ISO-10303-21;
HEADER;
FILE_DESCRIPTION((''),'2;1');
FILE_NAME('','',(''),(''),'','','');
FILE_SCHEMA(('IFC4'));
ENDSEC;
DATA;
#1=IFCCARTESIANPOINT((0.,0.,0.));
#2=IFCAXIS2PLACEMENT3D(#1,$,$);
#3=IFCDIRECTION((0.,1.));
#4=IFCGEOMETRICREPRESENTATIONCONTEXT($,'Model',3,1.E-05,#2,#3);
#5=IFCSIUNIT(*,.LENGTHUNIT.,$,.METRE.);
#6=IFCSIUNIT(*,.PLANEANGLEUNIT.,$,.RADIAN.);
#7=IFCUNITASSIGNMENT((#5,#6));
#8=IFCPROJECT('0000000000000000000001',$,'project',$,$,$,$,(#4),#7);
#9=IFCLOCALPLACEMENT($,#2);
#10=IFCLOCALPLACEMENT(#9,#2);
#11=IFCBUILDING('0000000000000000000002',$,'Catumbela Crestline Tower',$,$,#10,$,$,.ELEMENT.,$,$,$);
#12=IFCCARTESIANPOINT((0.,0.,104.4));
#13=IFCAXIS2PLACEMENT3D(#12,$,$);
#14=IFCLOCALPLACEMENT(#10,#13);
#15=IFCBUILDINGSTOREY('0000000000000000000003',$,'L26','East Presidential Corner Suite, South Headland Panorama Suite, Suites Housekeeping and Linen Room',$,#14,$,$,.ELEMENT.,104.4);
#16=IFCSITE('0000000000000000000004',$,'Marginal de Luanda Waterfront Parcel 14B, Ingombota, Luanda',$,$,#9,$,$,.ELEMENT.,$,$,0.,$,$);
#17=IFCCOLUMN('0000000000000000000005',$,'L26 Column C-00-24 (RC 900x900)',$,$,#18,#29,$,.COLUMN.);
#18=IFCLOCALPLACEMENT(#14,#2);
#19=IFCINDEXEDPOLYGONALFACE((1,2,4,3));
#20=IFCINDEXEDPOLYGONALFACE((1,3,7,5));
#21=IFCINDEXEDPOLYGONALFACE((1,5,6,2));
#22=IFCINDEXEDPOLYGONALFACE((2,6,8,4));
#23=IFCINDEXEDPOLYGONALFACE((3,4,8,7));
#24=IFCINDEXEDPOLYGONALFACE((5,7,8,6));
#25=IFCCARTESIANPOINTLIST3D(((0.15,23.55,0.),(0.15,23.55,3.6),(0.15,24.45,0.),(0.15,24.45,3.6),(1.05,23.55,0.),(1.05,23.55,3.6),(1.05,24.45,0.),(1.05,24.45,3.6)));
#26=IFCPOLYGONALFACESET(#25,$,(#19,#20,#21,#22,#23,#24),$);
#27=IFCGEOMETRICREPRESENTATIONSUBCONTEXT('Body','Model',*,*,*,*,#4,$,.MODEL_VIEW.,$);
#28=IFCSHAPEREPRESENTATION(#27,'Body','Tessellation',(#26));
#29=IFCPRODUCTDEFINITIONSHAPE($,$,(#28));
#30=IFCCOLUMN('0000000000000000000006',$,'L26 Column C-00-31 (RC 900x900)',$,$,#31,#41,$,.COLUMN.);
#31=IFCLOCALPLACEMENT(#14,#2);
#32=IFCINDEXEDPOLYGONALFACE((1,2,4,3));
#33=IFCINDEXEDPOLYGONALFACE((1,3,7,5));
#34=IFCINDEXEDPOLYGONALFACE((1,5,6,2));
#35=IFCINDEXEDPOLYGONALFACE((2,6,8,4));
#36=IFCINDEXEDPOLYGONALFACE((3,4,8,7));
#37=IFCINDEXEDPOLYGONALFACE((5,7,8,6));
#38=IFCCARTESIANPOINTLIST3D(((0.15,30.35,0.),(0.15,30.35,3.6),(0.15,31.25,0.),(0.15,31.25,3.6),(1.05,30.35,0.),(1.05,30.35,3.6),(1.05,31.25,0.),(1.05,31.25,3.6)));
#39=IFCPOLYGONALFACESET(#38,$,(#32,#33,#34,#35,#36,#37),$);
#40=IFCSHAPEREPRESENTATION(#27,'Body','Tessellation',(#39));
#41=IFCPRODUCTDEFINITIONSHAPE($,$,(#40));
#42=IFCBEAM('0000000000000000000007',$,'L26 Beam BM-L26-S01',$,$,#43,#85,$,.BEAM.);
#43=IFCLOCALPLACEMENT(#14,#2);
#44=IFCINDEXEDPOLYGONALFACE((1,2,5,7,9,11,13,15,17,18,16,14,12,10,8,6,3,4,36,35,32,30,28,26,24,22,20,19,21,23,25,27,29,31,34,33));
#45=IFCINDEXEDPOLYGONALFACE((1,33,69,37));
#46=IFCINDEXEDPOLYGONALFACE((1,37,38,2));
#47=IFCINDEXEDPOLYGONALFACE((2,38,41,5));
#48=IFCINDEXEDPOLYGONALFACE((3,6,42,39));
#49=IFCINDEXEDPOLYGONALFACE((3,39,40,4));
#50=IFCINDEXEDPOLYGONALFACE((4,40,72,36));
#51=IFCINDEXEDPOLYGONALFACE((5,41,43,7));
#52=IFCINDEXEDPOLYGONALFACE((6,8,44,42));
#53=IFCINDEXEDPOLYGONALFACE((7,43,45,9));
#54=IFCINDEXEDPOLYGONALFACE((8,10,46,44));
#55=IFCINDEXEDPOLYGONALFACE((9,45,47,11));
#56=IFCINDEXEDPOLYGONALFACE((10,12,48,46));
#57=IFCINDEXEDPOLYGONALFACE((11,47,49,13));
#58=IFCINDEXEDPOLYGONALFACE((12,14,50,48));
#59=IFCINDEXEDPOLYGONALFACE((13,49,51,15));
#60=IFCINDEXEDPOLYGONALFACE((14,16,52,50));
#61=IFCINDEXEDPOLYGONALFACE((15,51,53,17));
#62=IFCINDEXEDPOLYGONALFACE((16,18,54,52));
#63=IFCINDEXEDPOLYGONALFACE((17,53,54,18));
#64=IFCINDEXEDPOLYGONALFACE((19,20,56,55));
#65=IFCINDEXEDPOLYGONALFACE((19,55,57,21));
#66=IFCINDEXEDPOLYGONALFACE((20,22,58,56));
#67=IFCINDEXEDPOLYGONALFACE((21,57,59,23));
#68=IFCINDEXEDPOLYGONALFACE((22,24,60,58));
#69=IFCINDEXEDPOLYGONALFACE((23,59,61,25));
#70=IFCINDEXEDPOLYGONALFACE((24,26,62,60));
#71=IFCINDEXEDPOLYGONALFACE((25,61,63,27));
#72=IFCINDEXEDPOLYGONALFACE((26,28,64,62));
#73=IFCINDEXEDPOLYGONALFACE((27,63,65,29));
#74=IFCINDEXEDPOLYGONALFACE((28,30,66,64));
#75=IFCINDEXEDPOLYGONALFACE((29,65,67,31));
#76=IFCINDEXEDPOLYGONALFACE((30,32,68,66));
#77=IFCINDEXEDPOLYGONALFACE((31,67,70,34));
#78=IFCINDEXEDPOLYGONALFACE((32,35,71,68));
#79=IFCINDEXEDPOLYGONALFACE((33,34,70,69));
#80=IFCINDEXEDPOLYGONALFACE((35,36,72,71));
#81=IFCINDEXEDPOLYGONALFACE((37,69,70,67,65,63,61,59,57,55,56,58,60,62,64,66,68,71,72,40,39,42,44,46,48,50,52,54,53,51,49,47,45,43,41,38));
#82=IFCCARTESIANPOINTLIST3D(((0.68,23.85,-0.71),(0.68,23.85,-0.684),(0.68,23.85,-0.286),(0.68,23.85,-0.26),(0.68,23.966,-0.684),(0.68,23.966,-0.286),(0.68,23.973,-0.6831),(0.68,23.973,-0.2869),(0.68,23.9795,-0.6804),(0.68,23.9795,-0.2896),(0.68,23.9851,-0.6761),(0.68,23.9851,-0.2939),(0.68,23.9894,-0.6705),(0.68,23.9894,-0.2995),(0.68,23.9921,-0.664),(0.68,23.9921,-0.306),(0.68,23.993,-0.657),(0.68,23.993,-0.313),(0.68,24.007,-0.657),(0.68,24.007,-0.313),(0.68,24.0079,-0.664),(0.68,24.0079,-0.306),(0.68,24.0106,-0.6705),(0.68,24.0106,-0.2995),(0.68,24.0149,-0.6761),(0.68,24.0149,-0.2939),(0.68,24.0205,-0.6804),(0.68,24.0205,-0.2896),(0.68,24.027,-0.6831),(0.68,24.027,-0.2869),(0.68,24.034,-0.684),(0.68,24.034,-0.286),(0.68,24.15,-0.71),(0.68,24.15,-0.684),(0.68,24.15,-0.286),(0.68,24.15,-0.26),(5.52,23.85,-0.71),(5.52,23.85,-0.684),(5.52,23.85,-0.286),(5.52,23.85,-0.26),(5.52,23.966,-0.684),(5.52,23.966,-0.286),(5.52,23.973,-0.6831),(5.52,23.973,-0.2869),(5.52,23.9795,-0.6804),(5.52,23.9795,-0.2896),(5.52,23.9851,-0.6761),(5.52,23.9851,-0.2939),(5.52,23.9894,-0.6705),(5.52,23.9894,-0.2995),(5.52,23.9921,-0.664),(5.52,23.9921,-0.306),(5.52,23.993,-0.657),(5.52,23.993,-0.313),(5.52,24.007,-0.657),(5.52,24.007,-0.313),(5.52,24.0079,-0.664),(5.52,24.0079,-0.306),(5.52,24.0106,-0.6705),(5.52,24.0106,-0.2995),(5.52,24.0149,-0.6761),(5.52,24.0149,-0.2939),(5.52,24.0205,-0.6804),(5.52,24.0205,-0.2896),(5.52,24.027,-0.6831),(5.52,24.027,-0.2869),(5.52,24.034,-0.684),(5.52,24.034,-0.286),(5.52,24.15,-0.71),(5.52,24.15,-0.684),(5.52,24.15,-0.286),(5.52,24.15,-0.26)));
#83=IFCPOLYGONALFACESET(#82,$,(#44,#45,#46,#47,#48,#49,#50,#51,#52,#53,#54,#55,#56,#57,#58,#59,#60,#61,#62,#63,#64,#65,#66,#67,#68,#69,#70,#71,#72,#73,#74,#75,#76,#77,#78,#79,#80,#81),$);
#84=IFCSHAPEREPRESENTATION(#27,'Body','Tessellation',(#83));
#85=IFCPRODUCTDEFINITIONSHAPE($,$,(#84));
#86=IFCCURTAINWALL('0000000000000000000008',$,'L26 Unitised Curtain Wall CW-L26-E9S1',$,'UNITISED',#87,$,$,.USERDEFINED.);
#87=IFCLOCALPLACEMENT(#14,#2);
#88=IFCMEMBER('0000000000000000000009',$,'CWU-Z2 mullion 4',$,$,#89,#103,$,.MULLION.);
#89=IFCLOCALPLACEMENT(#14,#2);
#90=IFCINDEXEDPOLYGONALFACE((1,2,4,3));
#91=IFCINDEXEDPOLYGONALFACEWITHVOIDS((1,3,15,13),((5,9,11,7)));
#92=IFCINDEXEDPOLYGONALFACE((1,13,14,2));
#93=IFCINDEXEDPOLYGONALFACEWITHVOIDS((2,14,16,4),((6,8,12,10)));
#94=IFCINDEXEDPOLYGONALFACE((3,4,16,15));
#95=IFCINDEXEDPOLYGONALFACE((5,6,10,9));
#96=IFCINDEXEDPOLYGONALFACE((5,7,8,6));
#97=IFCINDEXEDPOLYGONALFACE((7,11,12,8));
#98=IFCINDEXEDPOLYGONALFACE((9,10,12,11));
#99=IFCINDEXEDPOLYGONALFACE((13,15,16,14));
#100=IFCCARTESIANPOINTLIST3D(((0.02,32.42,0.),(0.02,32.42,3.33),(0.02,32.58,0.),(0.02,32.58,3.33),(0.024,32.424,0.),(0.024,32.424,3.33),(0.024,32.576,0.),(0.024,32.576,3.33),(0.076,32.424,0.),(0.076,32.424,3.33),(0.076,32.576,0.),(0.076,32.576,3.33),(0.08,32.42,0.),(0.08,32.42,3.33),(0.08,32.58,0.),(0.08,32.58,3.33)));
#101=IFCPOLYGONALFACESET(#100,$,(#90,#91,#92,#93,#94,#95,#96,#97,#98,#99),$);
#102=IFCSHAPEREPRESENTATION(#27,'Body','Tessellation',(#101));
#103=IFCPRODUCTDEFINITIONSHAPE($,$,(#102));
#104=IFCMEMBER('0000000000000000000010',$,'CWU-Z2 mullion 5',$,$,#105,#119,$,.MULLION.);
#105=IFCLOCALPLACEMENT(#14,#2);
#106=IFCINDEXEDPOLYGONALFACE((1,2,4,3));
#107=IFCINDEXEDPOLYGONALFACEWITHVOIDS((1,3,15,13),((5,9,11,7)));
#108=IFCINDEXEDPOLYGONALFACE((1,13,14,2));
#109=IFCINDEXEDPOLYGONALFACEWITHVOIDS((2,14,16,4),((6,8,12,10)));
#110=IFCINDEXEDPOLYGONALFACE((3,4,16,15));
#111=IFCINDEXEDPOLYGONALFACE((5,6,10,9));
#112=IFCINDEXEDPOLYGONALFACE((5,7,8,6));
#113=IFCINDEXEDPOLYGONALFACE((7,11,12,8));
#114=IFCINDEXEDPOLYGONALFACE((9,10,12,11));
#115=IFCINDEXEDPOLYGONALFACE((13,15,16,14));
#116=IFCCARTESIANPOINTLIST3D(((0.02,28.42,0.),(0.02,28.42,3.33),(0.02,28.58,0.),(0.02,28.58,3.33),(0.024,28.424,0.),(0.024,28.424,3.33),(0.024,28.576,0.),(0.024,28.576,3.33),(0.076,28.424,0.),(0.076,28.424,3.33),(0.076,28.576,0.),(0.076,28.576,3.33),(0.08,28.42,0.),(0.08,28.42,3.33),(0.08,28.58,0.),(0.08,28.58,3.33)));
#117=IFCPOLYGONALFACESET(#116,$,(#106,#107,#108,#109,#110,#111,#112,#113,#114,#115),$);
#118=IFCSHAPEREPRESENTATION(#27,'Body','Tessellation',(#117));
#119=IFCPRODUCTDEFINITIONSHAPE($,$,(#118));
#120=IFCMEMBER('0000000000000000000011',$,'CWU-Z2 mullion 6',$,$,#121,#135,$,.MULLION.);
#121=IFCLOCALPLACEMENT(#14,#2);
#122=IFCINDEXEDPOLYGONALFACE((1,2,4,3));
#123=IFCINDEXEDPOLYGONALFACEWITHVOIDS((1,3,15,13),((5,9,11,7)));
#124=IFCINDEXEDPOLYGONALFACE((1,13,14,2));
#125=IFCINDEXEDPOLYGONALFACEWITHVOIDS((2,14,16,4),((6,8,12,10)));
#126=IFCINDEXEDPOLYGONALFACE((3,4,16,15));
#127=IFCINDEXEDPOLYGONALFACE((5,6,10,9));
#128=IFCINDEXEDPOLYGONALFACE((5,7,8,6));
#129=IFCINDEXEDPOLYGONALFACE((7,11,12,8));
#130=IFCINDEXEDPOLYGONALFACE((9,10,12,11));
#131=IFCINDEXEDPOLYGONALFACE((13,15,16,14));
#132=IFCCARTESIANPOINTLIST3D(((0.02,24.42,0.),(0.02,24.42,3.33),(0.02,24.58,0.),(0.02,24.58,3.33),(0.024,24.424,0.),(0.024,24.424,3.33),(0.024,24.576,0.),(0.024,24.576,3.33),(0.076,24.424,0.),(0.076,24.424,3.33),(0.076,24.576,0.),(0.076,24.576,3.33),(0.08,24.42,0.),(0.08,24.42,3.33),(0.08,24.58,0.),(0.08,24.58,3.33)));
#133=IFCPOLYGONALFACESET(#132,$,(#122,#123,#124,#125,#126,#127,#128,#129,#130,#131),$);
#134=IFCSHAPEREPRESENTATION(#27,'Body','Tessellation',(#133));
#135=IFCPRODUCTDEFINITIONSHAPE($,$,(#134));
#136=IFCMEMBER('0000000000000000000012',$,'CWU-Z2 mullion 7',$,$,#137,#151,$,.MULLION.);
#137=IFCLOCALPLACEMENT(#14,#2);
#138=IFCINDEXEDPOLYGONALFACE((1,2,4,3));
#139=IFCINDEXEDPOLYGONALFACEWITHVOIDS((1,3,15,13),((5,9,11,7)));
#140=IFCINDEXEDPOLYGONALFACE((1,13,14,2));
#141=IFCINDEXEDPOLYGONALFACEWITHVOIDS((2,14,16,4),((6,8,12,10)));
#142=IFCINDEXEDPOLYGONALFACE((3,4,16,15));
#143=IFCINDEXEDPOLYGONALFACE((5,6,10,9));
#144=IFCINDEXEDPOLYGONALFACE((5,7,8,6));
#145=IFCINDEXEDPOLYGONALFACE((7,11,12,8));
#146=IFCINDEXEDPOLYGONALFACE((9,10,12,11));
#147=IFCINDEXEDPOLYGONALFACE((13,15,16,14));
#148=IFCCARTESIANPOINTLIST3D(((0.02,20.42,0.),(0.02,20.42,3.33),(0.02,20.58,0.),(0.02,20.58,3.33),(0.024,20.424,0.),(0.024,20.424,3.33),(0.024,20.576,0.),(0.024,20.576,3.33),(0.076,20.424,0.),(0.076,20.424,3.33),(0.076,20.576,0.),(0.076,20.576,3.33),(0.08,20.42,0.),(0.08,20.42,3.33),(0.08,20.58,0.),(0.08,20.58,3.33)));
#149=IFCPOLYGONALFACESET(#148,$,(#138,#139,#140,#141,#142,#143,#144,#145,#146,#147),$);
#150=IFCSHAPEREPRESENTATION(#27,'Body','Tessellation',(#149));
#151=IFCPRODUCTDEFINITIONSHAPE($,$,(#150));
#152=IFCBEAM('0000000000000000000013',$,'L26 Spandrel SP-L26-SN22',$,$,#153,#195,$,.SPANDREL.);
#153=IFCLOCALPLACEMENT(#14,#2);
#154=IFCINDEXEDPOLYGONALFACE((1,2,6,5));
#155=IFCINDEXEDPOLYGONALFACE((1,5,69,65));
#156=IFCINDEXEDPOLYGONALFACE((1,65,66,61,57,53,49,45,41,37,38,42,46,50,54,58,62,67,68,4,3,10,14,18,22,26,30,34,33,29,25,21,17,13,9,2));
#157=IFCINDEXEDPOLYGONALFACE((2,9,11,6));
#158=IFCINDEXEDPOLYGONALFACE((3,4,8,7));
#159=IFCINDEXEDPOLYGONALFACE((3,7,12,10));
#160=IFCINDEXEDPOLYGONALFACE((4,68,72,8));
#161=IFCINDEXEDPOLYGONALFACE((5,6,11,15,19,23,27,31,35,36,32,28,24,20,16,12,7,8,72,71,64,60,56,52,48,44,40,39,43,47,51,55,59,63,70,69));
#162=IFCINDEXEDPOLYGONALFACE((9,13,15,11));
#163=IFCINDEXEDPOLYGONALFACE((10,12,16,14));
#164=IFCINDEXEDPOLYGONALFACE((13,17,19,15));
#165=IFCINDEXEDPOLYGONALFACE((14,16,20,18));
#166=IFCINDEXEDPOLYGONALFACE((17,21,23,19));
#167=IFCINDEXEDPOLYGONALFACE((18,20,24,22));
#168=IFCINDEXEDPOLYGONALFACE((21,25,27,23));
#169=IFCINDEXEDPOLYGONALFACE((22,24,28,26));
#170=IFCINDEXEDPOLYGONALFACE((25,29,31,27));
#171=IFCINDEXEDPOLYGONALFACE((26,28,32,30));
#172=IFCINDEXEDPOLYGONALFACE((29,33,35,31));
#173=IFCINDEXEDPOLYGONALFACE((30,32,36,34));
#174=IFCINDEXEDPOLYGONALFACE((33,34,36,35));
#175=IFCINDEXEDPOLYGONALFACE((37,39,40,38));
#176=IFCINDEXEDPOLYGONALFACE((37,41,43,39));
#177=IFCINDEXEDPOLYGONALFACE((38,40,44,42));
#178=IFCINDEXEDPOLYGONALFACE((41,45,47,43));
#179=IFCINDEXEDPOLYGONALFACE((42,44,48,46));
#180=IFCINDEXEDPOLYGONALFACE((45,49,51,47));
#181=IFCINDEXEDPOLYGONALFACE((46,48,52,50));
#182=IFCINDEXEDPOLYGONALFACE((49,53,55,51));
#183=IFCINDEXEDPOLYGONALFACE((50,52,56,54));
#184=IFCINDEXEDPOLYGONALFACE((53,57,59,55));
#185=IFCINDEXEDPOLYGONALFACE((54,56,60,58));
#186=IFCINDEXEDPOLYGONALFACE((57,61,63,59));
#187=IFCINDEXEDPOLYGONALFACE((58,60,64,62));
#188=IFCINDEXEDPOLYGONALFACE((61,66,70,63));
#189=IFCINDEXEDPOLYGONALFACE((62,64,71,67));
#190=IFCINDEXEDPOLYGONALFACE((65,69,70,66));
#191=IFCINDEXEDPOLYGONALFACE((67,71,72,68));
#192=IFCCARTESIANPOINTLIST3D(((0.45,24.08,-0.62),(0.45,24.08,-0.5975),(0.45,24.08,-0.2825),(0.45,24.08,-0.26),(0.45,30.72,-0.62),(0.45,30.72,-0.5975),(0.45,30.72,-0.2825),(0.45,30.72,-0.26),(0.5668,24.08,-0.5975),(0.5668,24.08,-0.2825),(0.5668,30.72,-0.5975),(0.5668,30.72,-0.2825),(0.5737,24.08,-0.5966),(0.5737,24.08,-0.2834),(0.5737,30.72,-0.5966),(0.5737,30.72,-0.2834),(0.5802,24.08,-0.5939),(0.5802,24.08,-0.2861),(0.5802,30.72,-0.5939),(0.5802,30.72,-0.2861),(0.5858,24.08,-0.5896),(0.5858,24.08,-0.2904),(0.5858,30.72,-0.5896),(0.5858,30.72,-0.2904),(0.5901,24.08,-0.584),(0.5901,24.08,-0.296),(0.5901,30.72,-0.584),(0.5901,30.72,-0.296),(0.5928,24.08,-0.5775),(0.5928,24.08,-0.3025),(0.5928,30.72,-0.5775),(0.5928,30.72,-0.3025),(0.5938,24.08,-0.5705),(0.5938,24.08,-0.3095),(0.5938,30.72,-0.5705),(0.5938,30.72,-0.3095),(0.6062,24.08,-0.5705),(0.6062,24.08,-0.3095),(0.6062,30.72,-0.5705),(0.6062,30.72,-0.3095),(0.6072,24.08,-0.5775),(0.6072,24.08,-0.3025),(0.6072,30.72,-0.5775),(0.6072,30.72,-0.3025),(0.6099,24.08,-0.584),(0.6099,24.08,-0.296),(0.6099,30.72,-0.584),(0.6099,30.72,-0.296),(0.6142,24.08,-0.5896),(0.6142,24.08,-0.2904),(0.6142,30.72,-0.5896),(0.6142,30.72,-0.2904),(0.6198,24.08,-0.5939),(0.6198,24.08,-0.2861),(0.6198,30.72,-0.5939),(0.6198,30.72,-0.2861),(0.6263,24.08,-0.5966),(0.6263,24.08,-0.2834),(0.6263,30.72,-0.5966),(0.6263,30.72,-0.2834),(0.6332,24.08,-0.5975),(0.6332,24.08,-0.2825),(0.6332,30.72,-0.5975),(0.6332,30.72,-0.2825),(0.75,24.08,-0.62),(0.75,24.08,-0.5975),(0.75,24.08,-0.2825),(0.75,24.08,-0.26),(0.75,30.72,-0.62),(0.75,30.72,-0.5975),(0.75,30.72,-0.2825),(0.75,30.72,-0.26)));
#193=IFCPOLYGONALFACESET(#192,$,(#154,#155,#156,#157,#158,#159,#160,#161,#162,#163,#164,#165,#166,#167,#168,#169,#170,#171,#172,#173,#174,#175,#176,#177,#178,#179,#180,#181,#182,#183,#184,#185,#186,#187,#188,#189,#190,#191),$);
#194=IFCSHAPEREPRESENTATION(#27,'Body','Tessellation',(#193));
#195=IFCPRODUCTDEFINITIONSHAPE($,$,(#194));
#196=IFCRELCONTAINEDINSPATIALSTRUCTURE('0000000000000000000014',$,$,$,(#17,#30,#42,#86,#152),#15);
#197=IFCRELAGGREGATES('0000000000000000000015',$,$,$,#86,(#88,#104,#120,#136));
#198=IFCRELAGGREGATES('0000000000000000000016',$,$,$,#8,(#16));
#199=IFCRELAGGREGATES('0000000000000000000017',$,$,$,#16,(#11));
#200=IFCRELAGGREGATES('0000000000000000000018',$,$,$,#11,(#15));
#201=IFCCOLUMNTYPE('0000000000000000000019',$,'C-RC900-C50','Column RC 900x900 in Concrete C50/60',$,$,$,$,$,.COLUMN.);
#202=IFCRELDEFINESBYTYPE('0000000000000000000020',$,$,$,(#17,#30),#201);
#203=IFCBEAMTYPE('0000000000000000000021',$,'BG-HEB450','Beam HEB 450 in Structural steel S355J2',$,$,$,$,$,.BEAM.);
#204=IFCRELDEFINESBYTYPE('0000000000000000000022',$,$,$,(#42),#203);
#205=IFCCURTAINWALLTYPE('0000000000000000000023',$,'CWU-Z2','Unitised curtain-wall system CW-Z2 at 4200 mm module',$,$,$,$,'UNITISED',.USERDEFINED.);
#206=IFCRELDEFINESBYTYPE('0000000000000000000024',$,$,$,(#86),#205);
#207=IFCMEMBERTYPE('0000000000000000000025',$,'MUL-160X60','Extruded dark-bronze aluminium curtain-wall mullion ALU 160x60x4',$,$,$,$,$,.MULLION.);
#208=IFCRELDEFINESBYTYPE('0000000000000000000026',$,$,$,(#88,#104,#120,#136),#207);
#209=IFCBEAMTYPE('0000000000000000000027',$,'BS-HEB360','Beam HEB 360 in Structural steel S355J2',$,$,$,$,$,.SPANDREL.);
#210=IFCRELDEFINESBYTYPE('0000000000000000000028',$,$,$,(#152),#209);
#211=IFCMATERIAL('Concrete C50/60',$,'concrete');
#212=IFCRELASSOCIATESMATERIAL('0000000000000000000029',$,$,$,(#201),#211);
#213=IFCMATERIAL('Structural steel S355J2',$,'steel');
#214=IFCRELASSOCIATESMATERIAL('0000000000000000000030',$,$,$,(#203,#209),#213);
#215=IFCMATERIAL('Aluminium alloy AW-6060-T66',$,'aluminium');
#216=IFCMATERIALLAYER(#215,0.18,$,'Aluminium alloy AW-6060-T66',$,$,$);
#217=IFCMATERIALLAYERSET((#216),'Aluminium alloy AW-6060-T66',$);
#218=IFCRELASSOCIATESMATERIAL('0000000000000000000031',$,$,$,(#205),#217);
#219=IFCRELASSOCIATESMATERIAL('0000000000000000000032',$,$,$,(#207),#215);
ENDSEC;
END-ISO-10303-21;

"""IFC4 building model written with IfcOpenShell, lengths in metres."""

from ifc_helpers import new_model, si_unit, direction, frame, origin, origin_2d, place, context, subcontext, project, spatial, rectangle, hollow_rectangle, i_section, extrude, material, layer, layer_set, material_profile, profile_set, type_object, element, aggregate, save


model = new_model("IFC4")

# Units and contexts
model_context = context("Model", 3, precision=1e-05, world=origin(), true_north=direction((0.0, 1.0)))
body_context = subcontext(model_context, "Body", "Model", "MODEL_VIEW")
ifc_project = project(units=[si_unit("LENGTHUNIT", "METRE"), si_unit("PLANEANGLEUNIT", "RADIAN")], contexts=[model_context])

# Site, building, storey
site_placement = place(None, origin())
site = spatial("IfcSite", under=ifc_project, at=site_placement, Name="Marginal de Luanda Waterfront Parcel 14B, Ingombota, Luanda", CompositionType="ELEMENT", RefElevation=0.0)
building_placement = place(site_placement, origin())
building = spatial("IfcBuilding", under=site, at=building_placement, Name="Catumbela Crestline Tower", CompositionType="ELEMENT")
storey_placement = place(building_placement, frame((0.0, 0.0, 104.4)))
storey = spatial("IfcBuildingStorey", under=building, at=storey_placement, Name="L26", Description="East Presidential Corner Suite, South Headland Panorama Suite, Suites Housekeeping and Linen Room", CompositionType="ELEMENT", Elevation=104.4)

# Columns
ifc_material_1 = material(Name="Concrete C50/60", Category="concrete")
ifc_material_profile_1 = material_profile(ifc_material_1, rectangle(XDim=0.9, YDim=0.9, at=origin_2d()), Name="RC 900x900")
ifc_profile_set_1 = profile_set([ifc_material_profile_1], Name="Concrete C50/60")
column_type = type_object("IfcColumnType", Name="C-RC900-C50", Description="Column RC 900x900 in Concrete C50/60", PredefinedType="COLUMN", material=ifc_profile_set_1)
for number, where, z_axis, x_axis, name in (
    (1, (0.6, 24.0, 0.0), (0.0, 0.0, 1.0), (1.0, 0.0, 0.0), "L26 Column C-00-24 (RC 900x900)"),
    (2, (0.6, 30.8, 0.0), (0.0, 0.0, 1.0), (1.0, 0.0, 0.0), "L26 Column C-00-31 (RC 900x900)"),
):
    element("IfcColumn", number, at=place(storey_placement, frame(where, z_axis=z_axis, x_axis=x_axis)), inside=storey, type_object=column_type, Name=name, PredefinedType="COLUMN", context=body_context, shape_type="SweptSolid", body=[
        extrude(rectangle(XDim=0.9, YDim=0.9, at=origin_2d()), origin(), (0.0, 0.0, 1.0), 3.6),
    ])

# Beam
ifc_material_2 = material(Name="Structural steel S355J2", Category="steel")
ifc_material_profile_2 = material_profile(ifc_material_2, i_section(OverallWidth=0.3, OverallDepth=0.45, WebThickness=0.014, FlangeThickness=0.026, FilletRadius=0.027, at=origin_2d()), Name="HEB 450")
ifc_profile_set_2 = profile_set([ifc_material_profile_2], Name="Structural steel S355J2")
beam_type_1 = type_object("IfcBeamType", Name="BG-HEB450", Description="Beam HEB 450 in Structural steel S355J2", PredefinedType="BEAM", material=ifc_profile_set_2)
beam_1_placement = place(storey_placement, frame((0.68, 24.0, -0.485), z_axis=(1.0, 0.0, 0.0), x_axis=(0.0, 1.0, 0.0)))
element("IfcBeam", 3, at=beam_1_placement, inside=storey, type_object=beam_type_1, Name="L26 Beam BM-L26-S01", PredefinedType="BEAM", context=body_context, shape_type="SweptSolid", body=[
    extrude(i_section(OverallWidth=0.3, OverallDepth=0.45, WebThickness=0.014, FlangeThickness=0.026, FilletRadius=0.027, at=origin_2d()), origin(), (0.0, 0.0, 1.0), 4.84),
])

# Curtain wall, members
ifc_material_3 = material(Name="Aluminium alloy AW-6060-T66", Category="aluminium")
ifc_layer_1 = layer(ifc_material_3, 0.18, Name="Aluminium alloy AW-6060-T66")
ifc_layer_set_1 = layer_set([ifc_layer_1], Name="Aluminium alloy AW-6060-T66")
curtain_wall_type = type_object("IfcCurtainWallType", Name="CWU-Z2", Description="Unitised curtain-wall system CW-Z2 at 4200 mm module", ElementType="UNITISED", PredefinedType="USERDEFINED", material=ifc_layer_set_1)
curtain_wall_placement = place(storey_placement, origin())
curtain_wall = element("IfcCurtainWall", 4, at=curtain_wall_placement, inside=storey, type_object=curtain_wall_type, Name="L26 Unitised Curtain Wall CW-L26-E9S1", ObjectType="UNITISED", PredefinedType="USERDEFINED")
ifc_material_profile_3 = material_profile(ifc_material_3, hollow_rectangle(XDim=0.06, YDim=0.16, WallThickness=0.004, at=origin_2d()), Name="ALU 160x60x4")
ifc_profile_set_3 = profile_set([ifc_material_profile_3], Name="Aluminium alloy AW-6060-T66")
member_type_1 = type_object("IfcMemberType", Name="MUL-160X60", Description="Extruded dark-bronze aluminium curtain-wall mullion ALU 160x60x4", PredefinedType="MULLION", material=ifc_profile_set_3)
member_1_placement = place(storey_placement, frame((0.05, 32.5, 0.0), z_axis=(0.0, 0.0, 1.0), x_axis=(1.0, 0.0, 0.0)))
member_1 = element("IfcMember", 5, at=member_1_placement, type_object=member_type_1, Name="CWU-Z2 mullion 4", PredefinedType="MULLION", context=body_context, shape_type="SweptSolid", body=[
    extrude(hollow_rectangle(XDim=0.06, YDim=0.16, WallThickness=0.004, at=origin_2d()), origin(), (0.0, 0.0, 1.0), 3.33),
])
member_2_placement = place(storey_placement, frame((0.05, 28.5, 0.0), z_axis=(0.0, 0.0, 1.0), x_axis=(1.0, 0.0, 0.0)))
member_2 = element("IfcMember", 6, at=member_2_placement, type_object=member_type_1, Name="CWU-Z2 mullion 5", PredefinedType="MULLION", context=body_context, shape_type="SweptSolid", body=[
    extrude(hollow_rectangle(XDim=0.06, YDim=0.16, WallThickness=0.004, at=origin_2d()), origin(), (0.0, 0.0, 1.0), 3.33),
])
member_3_placement = place(storey_placement, frame((0.05, 24.5, 0.0), z_axis=(0.0, 0.0, 1.0), x_axis=(1.0, 0.0, 0.0)))
member_3 = element("IfcMember", 7, at=member_3_placement, type_object=member_type_1, Name="CWU-Z2 mullion 6", PredefinedType="MULLION", context=body_context, shape_type="SweptSolid", body=[
    extrude(hollow_rectangle(XDim=0.06, YDim=0.16, WallThickness=0.004, at=origin_2d()), origin(), (0.0, 0.0, 1.0), 3.33),
])
member_4_placement = place(storey_placement, frame((0.05, 20.5, 0.0), z_axis=(0.0, 0.0, 1.0), x_axis=(1.0, 0.0, 0.0)))
member_4 = element("IfcMember", 8, at=member_4_placement, type_object=member_type_1, Name="CWU-Z2 mullion 7", PredefinedType="MULLION", context=body_context, shape_type="SweptSolid", body=[
    extrude(hollow_rectangle(XDim=0.06, YDim=0.16, WallThickness=0.004, at=origin_2d()), origin(), (0.0, 0.0, 1.0), 3.33),
])

# Beam
ifc_material_profile_4 = material_profile(ifc_material_2, i_section(OverallWidth=0.3, OverallDepth=0.36, WebThickness=0.0125, FlangeThickness=0.0225, FilletRadius=0.027, at=origin_2d()), Name="HEB 360")
ifc_profile_set_4 = profile_set([ifc_material_profile_4], Name="Structural steel S355J2")
beam_type_2 = type_object("IfcBeamType", Name="BS-HEB360", Description="Beam HEB 360 in Structural steel S355J2", PredefinedType="SPANDREL", material=ifc_profile_set_4)
beam_2_placement = place(storey_placement, frame((0.6, 24.08, -0.44), z_axis=(0.0, 1.0, 0.0), x_axis=(-1.0, 0.0, 0.0)))
element("IfcBeam", 9, at=beam_2_placement, inside=storey, type_object=beam_type_2, Name="L26 Spandrel SP-L26-SN22", PredefinedType="SPANDREL", context=body_context, shape_type="SweptSolid", body=[
    extrude(i_section(OverallWidth=0.3, OverallDepth=0.36, WebThickness=0.0125, FlangeThickness=0.0225, FilletRadius=0.027, at=origin_2d()), origin(), (0.0, 0.0, 1.0), 6.64),
])

aggregate(curtain_wall, [member_1, member_2, member_3, member_4])

save(model, "model.ifc")
